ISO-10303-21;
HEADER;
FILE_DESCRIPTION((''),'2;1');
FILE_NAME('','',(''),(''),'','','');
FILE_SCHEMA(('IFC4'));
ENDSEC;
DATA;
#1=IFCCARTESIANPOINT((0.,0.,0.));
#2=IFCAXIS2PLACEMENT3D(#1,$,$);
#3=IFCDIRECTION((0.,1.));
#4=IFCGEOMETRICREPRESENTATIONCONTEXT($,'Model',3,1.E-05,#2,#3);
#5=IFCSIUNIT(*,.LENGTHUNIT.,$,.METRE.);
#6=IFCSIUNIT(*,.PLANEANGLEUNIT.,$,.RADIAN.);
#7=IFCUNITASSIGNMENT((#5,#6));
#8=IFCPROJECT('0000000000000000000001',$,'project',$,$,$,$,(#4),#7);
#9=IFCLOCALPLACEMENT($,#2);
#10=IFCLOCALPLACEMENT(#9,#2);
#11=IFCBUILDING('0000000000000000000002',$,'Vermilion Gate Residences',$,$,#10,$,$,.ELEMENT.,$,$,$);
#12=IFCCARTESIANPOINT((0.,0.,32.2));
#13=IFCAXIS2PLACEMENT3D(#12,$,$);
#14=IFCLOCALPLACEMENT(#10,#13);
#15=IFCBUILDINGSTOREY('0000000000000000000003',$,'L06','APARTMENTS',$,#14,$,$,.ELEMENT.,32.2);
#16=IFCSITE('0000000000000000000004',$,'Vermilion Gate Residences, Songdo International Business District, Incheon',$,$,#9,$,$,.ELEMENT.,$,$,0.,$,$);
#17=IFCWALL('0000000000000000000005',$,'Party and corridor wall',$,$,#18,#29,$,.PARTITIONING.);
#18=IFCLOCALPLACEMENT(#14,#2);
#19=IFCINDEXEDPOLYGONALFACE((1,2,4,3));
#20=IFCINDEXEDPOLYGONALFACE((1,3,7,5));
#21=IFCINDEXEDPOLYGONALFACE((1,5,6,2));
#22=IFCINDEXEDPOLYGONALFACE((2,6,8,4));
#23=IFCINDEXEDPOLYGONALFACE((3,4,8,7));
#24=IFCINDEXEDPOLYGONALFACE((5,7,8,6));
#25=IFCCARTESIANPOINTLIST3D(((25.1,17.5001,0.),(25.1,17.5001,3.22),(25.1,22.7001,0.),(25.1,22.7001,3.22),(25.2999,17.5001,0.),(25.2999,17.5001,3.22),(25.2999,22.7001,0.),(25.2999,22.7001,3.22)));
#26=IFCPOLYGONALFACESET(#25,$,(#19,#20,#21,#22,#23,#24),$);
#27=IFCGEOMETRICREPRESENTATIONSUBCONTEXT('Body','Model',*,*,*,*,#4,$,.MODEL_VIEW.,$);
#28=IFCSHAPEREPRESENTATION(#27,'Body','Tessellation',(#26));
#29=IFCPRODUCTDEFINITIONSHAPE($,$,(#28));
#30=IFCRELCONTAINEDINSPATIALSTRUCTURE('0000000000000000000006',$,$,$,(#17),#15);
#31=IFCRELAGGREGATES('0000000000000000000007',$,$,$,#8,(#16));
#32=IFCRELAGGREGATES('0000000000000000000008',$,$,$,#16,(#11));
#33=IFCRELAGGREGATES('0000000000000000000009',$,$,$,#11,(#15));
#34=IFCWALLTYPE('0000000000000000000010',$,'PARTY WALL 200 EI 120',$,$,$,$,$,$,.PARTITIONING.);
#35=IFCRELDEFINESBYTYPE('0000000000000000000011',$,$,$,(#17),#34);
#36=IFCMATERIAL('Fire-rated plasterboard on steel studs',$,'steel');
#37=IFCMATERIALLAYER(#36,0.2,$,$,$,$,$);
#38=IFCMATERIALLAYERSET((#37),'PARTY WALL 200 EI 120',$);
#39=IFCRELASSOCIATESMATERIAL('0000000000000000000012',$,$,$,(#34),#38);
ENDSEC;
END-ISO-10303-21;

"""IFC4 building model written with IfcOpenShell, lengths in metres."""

from ifc_helpers import new_model, si_unit, direction, frame, frame_2d, origin, place, context, subcontext, project, spatial, rectangle, extrude, material, layer, layer_set, type_object, element, save


model = new_model("IFC4")

# Units and contexts
model_context = context("Model", 3, precision=1e-05, world=origin(), true_north=direction((0.0, 1.0)))
body_context = subcontext(model_context, "Body", "Model", "MODEL_VIEW")
ifc_project = project(units=[si_unit("LENGTHUNIT", "METRE"), si_unit("PLANEANGLEUNIT", "RADIAN")], contexts=[model_context])

# Site, building, storey
site_placement = place(None, origin())
site = spatial("IfcSite", under=ifc_project, at=site_placement, Name="Vermilion Gate Residences, Songdo International Business District, Incheon", CompositionType="ELEMENT", RefElevation=0.0)
building_placement = place(site_placement, origin())
building = spatial("IfcBuilding", under=site, at=building_placement, Name="Vermilion Gate Residences", CompositionType="ELEMENT")
storey_placement = place(building_placement, frame((0.0, 0.0, 32.2)))
storey = spatial("IfcBuildingStorey", under=building, at=storey_placement, Name="L06", Description="APARTMENTS", CompositionType="ELEMENT", Elevation=32.2)

# Wall
ifc_material_1 = material(Name="Fire-rated plasterboard on steel studs", Category="steel")
ifc_layer_1 = layer(ifc_material_1, 0.2)
ifc_layer_set_1 = layer_set([ifc_layer_1], Name="PARTY WALL 200 EI 120")
wall_type_1 = type_object("IfcWallType", Name="PARTY WALL 200 EI 120", PredefinedType="PARTITIONING", material=ifc_layer_set_1)
for number, where, z_axis, x_axis, name in (
    (1, (25.2, 17.5, 0.0), (0.0, 0.0, 1.0), (0.0, 1.0, 0.0), "Party and corridor wall"),
):
    element("IfcWall", number, at=place(storey_placement, frame(where, z_axis=z_axis, x_axis=x_axis)), inside=storey, type_object=wall_type_1, Name=name, PredefinedType="PARTITIONING", context=body_context, shape_type="SweptSolid", body=[
        extrude(rectangle(XDim=5.2, YDim=0.2, at=frame_2d((2.6001, 0.0))), origin(), (0.0, 0.0, 1.0), 3.22),
    ])

save(model, "model.ifc")
